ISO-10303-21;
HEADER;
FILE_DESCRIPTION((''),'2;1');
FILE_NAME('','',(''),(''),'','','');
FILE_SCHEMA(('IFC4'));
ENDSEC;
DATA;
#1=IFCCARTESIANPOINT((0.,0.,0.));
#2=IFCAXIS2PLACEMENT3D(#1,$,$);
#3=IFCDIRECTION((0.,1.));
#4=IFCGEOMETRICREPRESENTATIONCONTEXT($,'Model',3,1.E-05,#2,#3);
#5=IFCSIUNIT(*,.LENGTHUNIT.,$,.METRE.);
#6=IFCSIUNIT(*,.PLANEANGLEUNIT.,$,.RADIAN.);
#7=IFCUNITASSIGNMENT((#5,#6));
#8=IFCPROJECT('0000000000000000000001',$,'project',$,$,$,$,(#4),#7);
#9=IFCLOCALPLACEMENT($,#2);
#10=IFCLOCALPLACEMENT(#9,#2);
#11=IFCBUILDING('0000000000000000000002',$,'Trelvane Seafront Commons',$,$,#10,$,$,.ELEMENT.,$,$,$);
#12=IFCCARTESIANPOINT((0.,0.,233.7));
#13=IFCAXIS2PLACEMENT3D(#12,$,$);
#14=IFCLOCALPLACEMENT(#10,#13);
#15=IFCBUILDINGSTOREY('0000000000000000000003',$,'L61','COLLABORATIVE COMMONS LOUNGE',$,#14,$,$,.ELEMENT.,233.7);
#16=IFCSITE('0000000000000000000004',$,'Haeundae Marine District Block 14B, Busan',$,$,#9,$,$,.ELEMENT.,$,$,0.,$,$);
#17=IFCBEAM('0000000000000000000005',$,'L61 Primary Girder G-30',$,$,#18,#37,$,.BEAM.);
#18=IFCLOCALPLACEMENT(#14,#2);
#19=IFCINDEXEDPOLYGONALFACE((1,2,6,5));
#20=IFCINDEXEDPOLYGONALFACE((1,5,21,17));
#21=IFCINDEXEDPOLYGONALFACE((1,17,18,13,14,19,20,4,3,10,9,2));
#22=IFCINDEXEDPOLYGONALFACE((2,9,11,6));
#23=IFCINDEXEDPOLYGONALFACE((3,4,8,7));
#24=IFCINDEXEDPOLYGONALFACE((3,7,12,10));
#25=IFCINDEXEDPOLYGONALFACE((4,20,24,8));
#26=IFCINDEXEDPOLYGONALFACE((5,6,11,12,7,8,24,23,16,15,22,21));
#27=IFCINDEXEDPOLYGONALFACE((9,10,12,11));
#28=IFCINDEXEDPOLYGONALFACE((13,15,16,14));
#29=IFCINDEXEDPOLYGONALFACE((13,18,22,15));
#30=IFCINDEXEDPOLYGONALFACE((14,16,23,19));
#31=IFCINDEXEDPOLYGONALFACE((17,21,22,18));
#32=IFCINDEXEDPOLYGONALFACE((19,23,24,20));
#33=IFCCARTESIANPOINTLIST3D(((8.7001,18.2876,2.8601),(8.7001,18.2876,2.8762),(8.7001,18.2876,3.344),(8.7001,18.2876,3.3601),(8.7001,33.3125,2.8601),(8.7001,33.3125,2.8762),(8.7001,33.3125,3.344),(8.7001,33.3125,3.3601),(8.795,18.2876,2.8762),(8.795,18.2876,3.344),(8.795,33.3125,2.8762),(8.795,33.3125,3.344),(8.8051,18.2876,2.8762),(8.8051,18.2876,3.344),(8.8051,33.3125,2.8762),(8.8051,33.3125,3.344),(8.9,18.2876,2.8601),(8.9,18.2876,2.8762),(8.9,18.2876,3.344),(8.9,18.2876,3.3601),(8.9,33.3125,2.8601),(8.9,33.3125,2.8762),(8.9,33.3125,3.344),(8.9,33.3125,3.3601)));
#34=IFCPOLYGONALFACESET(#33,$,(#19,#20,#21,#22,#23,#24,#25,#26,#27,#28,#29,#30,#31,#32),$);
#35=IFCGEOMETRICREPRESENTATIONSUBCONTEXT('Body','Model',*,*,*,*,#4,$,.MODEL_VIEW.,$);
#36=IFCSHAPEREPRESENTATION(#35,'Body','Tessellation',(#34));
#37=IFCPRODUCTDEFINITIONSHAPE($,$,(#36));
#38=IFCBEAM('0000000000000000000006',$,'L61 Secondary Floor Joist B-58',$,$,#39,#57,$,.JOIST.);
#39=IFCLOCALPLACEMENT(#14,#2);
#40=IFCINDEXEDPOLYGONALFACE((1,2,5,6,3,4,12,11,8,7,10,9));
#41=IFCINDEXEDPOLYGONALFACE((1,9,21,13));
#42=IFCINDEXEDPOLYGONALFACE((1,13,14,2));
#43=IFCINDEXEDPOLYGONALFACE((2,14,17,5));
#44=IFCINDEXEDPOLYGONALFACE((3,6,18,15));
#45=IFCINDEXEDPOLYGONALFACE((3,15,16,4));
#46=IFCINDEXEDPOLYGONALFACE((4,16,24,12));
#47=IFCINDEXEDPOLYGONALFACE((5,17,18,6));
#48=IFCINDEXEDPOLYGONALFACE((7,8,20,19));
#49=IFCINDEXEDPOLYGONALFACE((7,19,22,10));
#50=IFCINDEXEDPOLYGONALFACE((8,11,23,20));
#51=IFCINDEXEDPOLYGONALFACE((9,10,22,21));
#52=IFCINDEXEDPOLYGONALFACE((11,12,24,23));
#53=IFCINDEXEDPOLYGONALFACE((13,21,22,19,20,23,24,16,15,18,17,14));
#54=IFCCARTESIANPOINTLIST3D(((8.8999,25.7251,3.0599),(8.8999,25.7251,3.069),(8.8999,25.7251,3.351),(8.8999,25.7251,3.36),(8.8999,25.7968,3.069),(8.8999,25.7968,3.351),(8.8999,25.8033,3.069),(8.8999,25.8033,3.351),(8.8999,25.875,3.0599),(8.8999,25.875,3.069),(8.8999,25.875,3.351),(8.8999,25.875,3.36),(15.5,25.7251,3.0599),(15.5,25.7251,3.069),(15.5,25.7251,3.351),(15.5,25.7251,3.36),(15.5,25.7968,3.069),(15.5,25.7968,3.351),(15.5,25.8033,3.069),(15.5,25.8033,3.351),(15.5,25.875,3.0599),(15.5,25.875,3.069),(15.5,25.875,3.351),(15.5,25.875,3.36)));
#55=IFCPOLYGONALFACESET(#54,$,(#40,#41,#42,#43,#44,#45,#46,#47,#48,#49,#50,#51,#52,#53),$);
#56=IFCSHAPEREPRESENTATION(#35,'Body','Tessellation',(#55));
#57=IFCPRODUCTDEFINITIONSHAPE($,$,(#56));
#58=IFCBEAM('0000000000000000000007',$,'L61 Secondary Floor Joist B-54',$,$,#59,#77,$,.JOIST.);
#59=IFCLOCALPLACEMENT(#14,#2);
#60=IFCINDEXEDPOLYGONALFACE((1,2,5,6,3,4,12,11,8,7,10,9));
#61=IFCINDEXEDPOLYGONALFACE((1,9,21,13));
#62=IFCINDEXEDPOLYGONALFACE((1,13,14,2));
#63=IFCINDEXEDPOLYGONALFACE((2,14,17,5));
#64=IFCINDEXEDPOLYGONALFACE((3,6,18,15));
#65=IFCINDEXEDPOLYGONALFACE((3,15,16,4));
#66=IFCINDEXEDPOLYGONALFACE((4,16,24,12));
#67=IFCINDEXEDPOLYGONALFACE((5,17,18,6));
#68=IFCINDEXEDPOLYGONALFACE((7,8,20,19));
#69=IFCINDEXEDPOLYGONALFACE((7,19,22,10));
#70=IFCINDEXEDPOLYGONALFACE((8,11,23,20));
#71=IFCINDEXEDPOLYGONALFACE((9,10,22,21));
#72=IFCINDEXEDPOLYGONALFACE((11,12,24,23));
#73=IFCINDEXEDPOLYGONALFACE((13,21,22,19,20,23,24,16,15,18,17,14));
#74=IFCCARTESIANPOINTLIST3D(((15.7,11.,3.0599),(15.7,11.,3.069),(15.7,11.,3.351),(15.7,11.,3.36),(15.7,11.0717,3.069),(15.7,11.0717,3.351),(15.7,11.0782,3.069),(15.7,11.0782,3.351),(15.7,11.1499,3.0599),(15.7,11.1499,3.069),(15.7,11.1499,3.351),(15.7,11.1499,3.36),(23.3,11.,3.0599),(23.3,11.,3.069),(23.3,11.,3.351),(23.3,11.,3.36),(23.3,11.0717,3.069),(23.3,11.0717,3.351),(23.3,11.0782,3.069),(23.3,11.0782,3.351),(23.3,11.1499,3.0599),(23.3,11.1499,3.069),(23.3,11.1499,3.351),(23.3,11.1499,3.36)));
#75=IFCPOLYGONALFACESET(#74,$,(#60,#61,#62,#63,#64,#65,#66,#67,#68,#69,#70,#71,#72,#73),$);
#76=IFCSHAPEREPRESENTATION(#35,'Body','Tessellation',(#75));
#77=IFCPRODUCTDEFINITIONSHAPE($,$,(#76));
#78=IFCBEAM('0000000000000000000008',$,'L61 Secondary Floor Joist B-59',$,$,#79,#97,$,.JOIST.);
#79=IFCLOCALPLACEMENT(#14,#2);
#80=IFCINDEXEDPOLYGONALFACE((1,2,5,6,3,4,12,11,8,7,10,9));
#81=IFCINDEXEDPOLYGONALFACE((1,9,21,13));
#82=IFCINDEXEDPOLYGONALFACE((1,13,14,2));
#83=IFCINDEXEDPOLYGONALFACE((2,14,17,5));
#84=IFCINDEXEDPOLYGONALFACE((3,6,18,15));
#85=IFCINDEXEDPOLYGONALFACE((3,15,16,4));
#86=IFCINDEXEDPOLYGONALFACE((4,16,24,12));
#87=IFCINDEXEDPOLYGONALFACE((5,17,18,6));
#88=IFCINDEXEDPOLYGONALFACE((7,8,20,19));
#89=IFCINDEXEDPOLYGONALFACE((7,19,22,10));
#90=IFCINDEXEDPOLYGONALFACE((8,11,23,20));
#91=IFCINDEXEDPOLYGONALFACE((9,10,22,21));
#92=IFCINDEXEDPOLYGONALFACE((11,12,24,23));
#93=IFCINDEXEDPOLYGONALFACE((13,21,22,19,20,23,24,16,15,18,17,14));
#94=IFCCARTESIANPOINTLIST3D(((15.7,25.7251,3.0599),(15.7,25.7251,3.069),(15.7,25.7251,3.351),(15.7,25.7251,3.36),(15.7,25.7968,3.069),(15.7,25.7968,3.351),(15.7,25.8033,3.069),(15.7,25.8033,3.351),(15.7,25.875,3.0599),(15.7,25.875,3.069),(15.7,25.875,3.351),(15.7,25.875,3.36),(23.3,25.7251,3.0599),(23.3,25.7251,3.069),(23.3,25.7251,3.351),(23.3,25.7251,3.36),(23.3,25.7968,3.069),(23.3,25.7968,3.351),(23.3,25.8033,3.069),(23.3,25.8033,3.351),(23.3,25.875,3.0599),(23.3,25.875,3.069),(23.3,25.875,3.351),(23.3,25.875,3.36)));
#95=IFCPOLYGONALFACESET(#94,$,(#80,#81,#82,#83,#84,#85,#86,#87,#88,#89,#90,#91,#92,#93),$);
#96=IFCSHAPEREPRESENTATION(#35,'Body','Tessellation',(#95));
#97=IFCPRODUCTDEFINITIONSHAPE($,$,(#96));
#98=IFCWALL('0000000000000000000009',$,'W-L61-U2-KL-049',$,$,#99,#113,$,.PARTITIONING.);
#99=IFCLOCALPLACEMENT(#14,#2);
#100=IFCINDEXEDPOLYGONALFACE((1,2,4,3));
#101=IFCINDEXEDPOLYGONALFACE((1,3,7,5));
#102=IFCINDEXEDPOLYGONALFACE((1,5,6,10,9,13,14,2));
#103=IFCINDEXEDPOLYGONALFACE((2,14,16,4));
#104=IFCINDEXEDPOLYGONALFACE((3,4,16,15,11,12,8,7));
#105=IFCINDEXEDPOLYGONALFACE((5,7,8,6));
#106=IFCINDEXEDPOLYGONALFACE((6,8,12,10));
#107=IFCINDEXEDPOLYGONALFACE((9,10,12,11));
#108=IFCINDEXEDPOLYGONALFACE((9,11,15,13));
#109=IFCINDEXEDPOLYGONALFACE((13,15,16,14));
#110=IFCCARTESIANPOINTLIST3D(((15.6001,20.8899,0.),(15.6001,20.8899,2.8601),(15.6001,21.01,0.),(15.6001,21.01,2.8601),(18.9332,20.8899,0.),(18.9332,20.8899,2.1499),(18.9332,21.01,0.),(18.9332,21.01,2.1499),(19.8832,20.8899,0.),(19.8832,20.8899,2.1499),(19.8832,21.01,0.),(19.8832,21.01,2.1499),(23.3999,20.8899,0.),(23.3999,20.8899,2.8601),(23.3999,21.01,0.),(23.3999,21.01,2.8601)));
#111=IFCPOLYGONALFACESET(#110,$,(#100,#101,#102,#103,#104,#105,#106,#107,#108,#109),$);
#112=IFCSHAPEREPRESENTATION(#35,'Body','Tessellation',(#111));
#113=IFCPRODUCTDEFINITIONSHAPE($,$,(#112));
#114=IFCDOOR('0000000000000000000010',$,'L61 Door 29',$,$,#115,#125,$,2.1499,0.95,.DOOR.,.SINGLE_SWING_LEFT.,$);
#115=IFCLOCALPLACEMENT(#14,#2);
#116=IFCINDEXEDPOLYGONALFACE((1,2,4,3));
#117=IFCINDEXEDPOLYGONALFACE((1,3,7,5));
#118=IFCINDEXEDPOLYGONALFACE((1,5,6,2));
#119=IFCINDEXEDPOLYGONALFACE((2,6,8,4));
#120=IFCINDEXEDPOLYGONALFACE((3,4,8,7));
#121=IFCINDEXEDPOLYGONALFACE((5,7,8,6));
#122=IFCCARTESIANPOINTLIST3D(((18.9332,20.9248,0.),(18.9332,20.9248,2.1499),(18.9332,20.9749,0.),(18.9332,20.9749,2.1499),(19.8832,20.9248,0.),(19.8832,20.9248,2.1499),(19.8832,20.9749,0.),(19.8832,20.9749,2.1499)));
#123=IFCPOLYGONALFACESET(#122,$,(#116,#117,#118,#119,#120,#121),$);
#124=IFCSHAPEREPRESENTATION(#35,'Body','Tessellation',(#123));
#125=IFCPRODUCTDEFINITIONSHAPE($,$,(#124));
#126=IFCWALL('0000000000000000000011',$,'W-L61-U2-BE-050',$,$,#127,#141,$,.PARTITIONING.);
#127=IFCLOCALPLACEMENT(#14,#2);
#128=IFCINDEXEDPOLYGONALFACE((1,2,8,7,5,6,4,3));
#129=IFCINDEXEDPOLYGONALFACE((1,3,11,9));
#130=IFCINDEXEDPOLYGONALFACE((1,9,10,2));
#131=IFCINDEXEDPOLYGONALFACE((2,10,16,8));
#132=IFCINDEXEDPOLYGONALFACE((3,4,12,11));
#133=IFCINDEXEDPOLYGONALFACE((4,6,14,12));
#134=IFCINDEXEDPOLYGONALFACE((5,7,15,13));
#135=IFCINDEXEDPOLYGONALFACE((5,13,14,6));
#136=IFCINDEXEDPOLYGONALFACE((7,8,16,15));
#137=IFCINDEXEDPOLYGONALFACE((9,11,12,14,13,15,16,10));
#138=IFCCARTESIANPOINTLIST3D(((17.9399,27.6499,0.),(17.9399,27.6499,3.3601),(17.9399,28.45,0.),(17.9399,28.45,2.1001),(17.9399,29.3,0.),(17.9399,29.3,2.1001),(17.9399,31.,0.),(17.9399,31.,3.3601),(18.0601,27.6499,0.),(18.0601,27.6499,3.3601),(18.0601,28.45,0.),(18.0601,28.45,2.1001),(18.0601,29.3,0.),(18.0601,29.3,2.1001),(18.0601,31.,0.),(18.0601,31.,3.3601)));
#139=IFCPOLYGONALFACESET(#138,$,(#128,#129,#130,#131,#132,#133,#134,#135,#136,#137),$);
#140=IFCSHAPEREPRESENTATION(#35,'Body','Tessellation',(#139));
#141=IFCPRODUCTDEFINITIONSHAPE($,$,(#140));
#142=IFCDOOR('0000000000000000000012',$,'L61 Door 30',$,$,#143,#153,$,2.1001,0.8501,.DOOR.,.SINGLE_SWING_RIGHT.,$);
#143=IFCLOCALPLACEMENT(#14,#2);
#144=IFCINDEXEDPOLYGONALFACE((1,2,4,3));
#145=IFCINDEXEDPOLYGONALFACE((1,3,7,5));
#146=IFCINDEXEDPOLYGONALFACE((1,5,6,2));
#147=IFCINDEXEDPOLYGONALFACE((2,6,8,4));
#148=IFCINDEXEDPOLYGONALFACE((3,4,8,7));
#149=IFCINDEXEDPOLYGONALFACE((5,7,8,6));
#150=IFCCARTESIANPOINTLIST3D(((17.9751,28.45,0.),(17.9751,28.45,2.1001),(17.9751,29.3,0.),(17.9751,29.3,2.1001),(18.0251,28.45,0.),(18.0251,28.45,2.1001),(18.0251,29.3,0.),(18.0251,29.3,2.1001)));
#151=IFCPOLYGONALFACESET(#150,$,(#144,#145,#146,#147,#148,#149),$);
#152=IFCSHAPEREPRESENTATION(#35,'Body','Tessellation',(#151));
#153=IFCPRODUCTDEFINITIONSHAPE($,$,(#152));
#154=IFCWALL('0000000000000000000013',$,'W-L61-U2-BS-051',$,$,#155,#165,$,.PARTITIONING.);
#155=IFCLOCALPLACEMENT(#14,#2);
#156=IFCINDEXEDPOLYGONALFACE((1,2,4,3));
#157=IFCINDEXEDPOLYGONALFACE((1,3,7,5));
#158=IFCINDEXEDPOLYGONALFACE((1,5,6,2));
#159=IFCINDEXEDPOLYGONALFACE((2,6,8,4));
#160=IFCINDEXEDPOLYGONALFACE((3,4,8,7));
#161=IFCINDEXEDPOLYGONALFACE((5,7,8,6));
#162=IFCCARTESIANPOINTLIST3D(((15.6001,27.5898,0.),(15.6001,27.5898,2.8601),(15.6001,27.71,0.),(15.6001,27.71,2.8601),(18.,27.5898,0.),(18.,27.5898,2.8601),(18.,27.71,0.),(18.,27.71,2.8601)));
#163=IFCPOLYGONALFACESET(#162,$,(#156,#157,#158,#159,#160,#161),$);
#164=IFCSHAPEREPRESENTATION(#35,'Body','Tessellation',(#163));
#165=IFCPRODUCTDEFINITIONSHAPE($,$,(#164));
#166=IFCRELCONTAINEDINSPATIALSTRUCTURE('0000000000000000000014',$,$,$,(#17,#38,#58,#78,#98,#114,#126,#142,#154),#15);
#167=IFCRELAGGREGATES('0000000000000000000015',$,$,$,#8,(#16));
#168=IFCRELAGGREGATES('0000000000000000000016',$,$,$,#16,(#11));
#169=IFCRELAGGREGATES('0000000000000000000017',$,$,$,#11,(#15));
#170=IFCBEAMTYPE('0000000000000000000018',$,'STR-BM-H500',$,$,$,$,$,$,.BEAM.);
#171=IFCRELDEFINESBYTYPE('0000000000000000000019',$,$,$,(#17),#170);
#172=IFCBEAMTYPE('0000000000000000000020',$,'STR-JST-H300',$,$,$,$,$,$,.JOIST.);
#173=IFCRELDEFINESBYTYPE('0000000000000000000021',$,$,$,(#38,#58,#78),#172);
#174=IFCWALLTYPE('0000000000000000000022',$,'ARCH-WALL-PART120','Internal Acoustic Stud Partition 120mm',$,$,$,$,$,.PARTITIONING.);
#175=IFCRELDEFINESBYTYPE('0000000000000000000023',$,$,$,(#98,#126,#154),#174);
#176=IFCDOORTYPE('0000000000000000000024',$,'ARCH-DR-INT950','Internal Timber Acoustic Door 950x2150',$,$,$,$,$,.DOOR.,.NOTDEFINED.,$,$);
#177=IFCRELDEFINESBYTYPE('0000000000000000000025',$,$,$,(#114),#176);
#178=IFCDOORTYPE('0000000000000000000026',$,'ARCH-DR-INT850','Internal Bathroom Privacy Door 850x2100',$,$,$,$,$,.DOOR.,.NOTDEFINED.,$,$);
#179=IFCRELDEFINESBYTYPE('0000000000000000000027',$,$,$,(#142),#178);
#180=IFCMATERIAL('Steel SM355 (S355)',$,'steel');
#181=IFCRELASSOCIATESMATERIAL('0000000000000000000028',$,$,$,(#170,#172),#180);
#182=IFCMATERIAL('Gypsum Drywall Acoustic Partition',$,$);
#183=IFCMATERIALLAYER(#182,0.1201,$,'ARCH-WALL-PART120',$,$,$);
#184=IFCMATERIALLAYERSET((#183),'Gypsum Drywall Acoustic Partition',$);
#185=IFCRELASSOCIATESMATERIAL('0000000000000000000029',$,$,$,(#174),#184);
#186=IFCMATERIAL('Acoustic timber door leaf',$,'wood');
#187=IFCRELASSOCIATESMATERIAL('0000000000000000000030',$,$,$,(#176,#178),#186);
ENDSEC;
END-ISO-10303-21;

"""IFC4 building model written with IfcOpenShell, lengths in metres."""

from ifc_helpers import new_model, si_unit, direction, frame, frame_2d, origin, origin_2d, place, context, subcontext, project, spatial, rectangle, i_section, extrude, source, transform, mapped, material, layer, layer_set, material_profile, profile_set, type_object, element, fill, save


model = new_model("IFC4")

# Units and contexts
model_context = context("Model", 3, precision=1e-05, world=origin(), true_north=direction((0.0, 1.0)))
body_context = subcontext(model_context, "Body", "Model", "MODEL_VIEW")
ifc_project = project(units=[si_unit("LENGTHUNIT", "METRE"), si_unit("PLANEANGLEUNIT", "RADIAN")], contexts=[model_context])

# Site, building, storey
site_placement = place(None, origin())
site = spatial("IfcSite", under=ifc_project, at=site_placement, Name="Haeundae Marine District Block 14B, Busan", CompositionType="ELEMENT", RefElevation=0.0)
building_placement = place(site_placement, origin())
building = spatial("IfcBuilding", under=site, at=building_placement, Name="Trelvane Seafront Commons", CompositionType="ELEMENT")
storey_placement = place(building_placement, frame((0.0, 0.0, 233.7)))
storey = spatial("IfcBuildingStorey", under=building, at=storey_placement, Name="L61", Description="COLLABORATIVE COMMONS LOUNGE", CompositionType="ELEMENT", Elevation=233.7)

# Shared definitions
ifc_material_1 = material(Name="Steel SM355 (S355)", Category="steel")

# Beams
ifc_material_profile_1 = material_profile(ifc_material_1, i_section(OverallWidth=0.2, OverallDepth=0.5, WebThickness=0.01, FlangeThickness=0.0161, at=origin_2d()), Name="H-500x200x10x16")
ifc_profile_set_1 = profile_set([ifc_material_profile_1], Name="Steel SM355 (S355)")
beam_type_1 = type_object("IfcBeamType", Name="STR-BM-H500", PredefinedType="BEAM", material=ifc_profile_set_1)
shared_shape_1 = source(origin(), body_context, "Body", "SweptSolid", [
    extrude(i_section(OverallWidth=0.2, OverallDepth=0.5, WebThickness=0.01, FlangeThickness=0.0161, at=origin_2d()), origin(), (0.0, 0.0, 1.0), 15.0249),
])
beam_1_placement = place(storey_placement, frame((8.8, 18.2876, 3.1101), z_axis=(0.0, 1.0, 0.0), x_axis=(-1.0, 0.0, 0.0)))
element("IfcBeam", 1, at=beam_1_placement, inside=storey, type_object=beam_type_1, Name="L61 Primary Girder G-30", PredefinedType="BEAM", context=body_context, shape_type="MappedRepresentation", body=[
    mapped(shared_shape_1, transform((0.0, 0.0, 0.0), x_axis=(1.0, 0.0, 0.0), y_axis=(0.0, 1.0, 0.0), z_axis=(0.0, 0.0, 1.0), scale=1.0)),
])
ifc_material_profile_2 = material_profile(ifc_material_1, i_section(OverallWidth=0.1499, OverallDepth=0.3, WebThickness=0.0066, FlangeThickness=0.009, at=origin_2d()), Name="H-300x150x6.5x9")
ifc_profile_set_2 = profile_set([ifc_material_profile_2], Name="Steel SM355 (S355)")
beam_type_2 = type_object("IfcBeamType", Name="STR-JST-H300", PredefinedType="JOIST", material=ifc_profile_set_2)
shared_shape_2 = source(origin(), body_context, "Body", "SweptSolid", [
    extrude(i_section(OverallWidth=0.1499, OverallDepth=0.3, WebThickness=0.0066, FlangeThickness=0.009, at=origin_2d()), origin(), (0.0, 0.0, 1.0), 6.6001),
])
beam_2_placement = place(storey_placement, frame((8.8999, 25.8, 3.21), z_axis=(1.0, 0.0, 0.0), x_axis=(0.0, 1.0, 0.0)))
element("IfcBeam", 2, at=beam_2_placement, inside=storey, type_object=beam_type_2, Name="L61 Secondary Floor Joist B-58", PredefinedType="JOIST", context=body_context, shape_type="MappedRepresentation", body=[
    mapped(shared_shape_2, transform((0.0, 0.0, 0.0), x_axis=(1.0, 0.0, 0.0), y_axis=(0.0, 1.0, 0.0), z_axis=(0.0, 0.0, 1.0), scale=1.0)),
])
shared_shape_3 = source(origin(), body_context, "Body", "SweptSolid", [
    extrude(i_section(OverallWidth=0.1499, OverallDepth=0.3, WebThickness=0.0066, FlangeThickness=0.009, at=origin_2d()), origin(), (0.0, 0.0, 1.0), 7.6001),
])
for number, where, z_axis, x_axis, name in (
    (3, (15.7, 11.075, 3.21), (1.0, 0.0, 0.0), (0.0, 1.0, 0.0), "L61 Secondary Floor Joist B-54"),
    (4, (15.7, 25.8, 3.21), (1.0, 0.0, 0.0), (0.0, 1.0, 0.0), "L61 Secondary Floor Joist B-59"),
):
    element("IfcBeam", number, at=place(storey_placement, frame(where, z_axis=z_axis, x_axis=x_axis)), inside=storey, type_object=beam_type_2, Name=name, PredefinedType="JOIST", context=body_context, shape_type="MappedRepresentation", body=[
        mapped(shared_shape_3, transform((0.0, 0.0, 0.0), x_axis=(1.0, 0.0, 0.0), y_axis=(0.0, 1.0, 0.0), z_axis=(0.0, 0.0, 1.0), scale=1.0)),
    ])

# Walls, openings, doors
ifc_material_2 = material(Name="Gypsum Drywall Acoustic Partition")
ifc_layer_1 = layer(ifc_material_2, 0.1201, Name="ARCH-WALL-PART120")
ifc_layer_set_1 = layer_set([ifc_layer_1], Name="Gypsum Drywall Acoustic Partition")
wall_type_1 = type_object("IfcWallType", Name="ARCH-WALL-PART120", Description="Internal Acoustic Stud Partition 120mm", PredefinedType="PARTITIONING", material=ifc_layer_set_1)
wall_1_placement = place(storey_placement, frame((15.6001, 20.95, 0.0), z_axis=(0.0, 0.0, 1.0), x_axis=(1.0, 0.0, 0.0)))
wall_1 = element("IfcWall", 5, at=wall_1_placement, inside=storey, type_object=wall_type_1, Name="W-L61-U2-KL-049", PredefinedType="PARTITIONING", context=body_context, shape_type="SweptSolid", body=[
    extrude(rectangle(XDim=7.7998, YDim=0.1201, at=frame_2d((3.8999, 0.0))), origin(), (0.0, 0.0, 1.0), 2.8601),
])
opening_1_placement = place(wall_1_placement, frame((3.333, 0.0, 0.0)))
opening_1 = element("IfcOpeningElement", 6, at=opening_1_placement, cuts=wall_1, PredefinedType="OPENING", context=body_context, shape_type="SweptSolid", body=[
    extrude(rectangle(XDim=0.95, YDim=2.1499, at=frame_2d((0.4751, 1.075))), frame((0.0, 0.0701, 0.0), z_axis=(0.0, -1.0, 0.0), x_axis=(1.0, 0.0, 0.0)), (0.0, 0.0, 1.0), 0.1401),
])
ifc_material_3 = material(Name="Acoustic timber door leaf", Category="wood")
door_type_1 = type_object("IfcDoorType", Name="ARCH-DR-INT950", Description="Internal Timber Acoustic Door 950x2150", OperationType="NOTDEFINED", PredefinedType="DOOR", material=ifc_material_3)
shared_shape_4 = source(origin(), body_context, "Body", "SweptSolid", [
    extrude(rectangle(XDim=0.95, YDim=2.1499, at=frame_2d((0.4751, 1.075))), frame((0.0, 0.0249, 0.0), z_axis=(0.0, -1.0, 0.0), x_axis=(1.0, 0.0, 0.0)), (0.0, 0.0, 1.0), 0.05),
])
door_1_placement = place(opening_1_placement, origin())
door_1 = element("IfcDoor", 7, at=door_1_placement, inside=storey, type_object=door_type_1, Name="L61 Door 29", OperationType="SINGLE_SWING_LEFT", OverallHeight=2.1499, OverallWidth=0.95, PredefinedType="DOOR", context=body_context, shape_type="MappedRepresentation", body=[
    mapped(shared_shape_4, transform((0.0, 0.0, 0.0), x_axis=(1.0, 0.0, 0.0), y_axis=(0.0, 1.0, 0.0), z_axis=(0.0, 0.0, 1.0), scale=1.0)),
])
fill(opening_1, door_1)
wall_2_placement = place(storey_placement, frame((18.0, 27.6499, 0.0), z_axis=(0.0, 0.0, 1.0), x_axis=(0.0, 1.0, 0.0)))
wall_2 = element("IfcWall", 8, at=wall_2_placement, inside=storey, type_object=wall_type_1, Name="W-L61-U2-BE-050", PredefinedType="PARTITIONING", context=body_context, shape_type="SweptSolid", body=[
    extrude(rectangle(XDim=3.3501, YDim=0.1201, at=frame_2d((1.675, 0.0))), origin(), (0.0, 0.0, 1.0), 3.3601),
])
opening_2_placement = place(wall_2_placement, frame((0.8, 0.0, 0.0)))
opening_2 = element("IfcOpeningElement", 9, at=opening_2_placement, cuts=wall_2, PredefinedType="OPENING", context=body_context, shape_type="SweptSolid", body=[
    extrude(rectangle(XDim=0.8501, YDim=2.1001, at=frame_2d((0.425, 1.05))), frame((0.0, 0.0701, 0.0), z_axis=(0.0, -1.0, 0.0), x_axis=(1.0, 0.0, 0.0)), (0.0, 0.0, 1.0), 0.1401),
])
door_type_2 = type_object("IfcDoorType", Name="ARCH-DR-INT850", Description="Internal Bathroom Privacy Door 850x2100", OperationType="NOTDEFINED", PredefinedType="DOOR", material=ifc_material_3)
shared_shape_5 = source(origin(), body_context, "Body", "SweptSolid", [
    extrude(rectangle(XDim=0.8501, YDim=2.1001, at=frame_2d((0.425, 1.05))), frame((0.0, 0.0249, 0.0), z_axis=(0.0, -1.0, 0.0), x_axis=(1.0, 0.0, 0.0)), (0.0, 0.0, 1.0), 0.05),
])
door_2_placement = place(opening_2_placement, origin())
door_2 = element("IfcDoor", 10, at=door_2_placement, inside=storey, type_object=door_type_2, Name="L61 Door 30", OperationType="SINGLE_SWING_RIGHT", OverallHeight=2.1001, OverallWidth=0.8501, PredefinedType="DOOR", context=body_context, shape_type="MappedRepresentation", body=[
    mapped(shared_shape_5, transform((0.0, 0.0, 0.0), x_axis=(1.0, 0.0, 0.0), y_axis=(0.0, 1.0, 0.0), z_axis=(0.0, 0.0, 1.0), scale=1.0)),
])
fill(opening_2, door_2)

# Wall
wall_3_placement = place(storey_placement, frame((15.6001, 27.6499, 0.0), z_axis=(0.0, 0.0, 1.0), x_axis=(1.0, 0.0, 0.0)))
element("IfcWall", 11, at=wall_3_placement, inside=storey, type_object=wall_type_1, Name="W-L61-U2-BS-051", PredefinedType="PARTITIONING", context=body_context, shape_type="SweptSolid", body=[
    extrude(rectangle(XDim=2.3999, YDim=0.1201, at=frame_2d((1.2, 0.0))), origin(), (0.0, 0.0, 1.0), 2.8601),
])

save(model, "model.ifc")
